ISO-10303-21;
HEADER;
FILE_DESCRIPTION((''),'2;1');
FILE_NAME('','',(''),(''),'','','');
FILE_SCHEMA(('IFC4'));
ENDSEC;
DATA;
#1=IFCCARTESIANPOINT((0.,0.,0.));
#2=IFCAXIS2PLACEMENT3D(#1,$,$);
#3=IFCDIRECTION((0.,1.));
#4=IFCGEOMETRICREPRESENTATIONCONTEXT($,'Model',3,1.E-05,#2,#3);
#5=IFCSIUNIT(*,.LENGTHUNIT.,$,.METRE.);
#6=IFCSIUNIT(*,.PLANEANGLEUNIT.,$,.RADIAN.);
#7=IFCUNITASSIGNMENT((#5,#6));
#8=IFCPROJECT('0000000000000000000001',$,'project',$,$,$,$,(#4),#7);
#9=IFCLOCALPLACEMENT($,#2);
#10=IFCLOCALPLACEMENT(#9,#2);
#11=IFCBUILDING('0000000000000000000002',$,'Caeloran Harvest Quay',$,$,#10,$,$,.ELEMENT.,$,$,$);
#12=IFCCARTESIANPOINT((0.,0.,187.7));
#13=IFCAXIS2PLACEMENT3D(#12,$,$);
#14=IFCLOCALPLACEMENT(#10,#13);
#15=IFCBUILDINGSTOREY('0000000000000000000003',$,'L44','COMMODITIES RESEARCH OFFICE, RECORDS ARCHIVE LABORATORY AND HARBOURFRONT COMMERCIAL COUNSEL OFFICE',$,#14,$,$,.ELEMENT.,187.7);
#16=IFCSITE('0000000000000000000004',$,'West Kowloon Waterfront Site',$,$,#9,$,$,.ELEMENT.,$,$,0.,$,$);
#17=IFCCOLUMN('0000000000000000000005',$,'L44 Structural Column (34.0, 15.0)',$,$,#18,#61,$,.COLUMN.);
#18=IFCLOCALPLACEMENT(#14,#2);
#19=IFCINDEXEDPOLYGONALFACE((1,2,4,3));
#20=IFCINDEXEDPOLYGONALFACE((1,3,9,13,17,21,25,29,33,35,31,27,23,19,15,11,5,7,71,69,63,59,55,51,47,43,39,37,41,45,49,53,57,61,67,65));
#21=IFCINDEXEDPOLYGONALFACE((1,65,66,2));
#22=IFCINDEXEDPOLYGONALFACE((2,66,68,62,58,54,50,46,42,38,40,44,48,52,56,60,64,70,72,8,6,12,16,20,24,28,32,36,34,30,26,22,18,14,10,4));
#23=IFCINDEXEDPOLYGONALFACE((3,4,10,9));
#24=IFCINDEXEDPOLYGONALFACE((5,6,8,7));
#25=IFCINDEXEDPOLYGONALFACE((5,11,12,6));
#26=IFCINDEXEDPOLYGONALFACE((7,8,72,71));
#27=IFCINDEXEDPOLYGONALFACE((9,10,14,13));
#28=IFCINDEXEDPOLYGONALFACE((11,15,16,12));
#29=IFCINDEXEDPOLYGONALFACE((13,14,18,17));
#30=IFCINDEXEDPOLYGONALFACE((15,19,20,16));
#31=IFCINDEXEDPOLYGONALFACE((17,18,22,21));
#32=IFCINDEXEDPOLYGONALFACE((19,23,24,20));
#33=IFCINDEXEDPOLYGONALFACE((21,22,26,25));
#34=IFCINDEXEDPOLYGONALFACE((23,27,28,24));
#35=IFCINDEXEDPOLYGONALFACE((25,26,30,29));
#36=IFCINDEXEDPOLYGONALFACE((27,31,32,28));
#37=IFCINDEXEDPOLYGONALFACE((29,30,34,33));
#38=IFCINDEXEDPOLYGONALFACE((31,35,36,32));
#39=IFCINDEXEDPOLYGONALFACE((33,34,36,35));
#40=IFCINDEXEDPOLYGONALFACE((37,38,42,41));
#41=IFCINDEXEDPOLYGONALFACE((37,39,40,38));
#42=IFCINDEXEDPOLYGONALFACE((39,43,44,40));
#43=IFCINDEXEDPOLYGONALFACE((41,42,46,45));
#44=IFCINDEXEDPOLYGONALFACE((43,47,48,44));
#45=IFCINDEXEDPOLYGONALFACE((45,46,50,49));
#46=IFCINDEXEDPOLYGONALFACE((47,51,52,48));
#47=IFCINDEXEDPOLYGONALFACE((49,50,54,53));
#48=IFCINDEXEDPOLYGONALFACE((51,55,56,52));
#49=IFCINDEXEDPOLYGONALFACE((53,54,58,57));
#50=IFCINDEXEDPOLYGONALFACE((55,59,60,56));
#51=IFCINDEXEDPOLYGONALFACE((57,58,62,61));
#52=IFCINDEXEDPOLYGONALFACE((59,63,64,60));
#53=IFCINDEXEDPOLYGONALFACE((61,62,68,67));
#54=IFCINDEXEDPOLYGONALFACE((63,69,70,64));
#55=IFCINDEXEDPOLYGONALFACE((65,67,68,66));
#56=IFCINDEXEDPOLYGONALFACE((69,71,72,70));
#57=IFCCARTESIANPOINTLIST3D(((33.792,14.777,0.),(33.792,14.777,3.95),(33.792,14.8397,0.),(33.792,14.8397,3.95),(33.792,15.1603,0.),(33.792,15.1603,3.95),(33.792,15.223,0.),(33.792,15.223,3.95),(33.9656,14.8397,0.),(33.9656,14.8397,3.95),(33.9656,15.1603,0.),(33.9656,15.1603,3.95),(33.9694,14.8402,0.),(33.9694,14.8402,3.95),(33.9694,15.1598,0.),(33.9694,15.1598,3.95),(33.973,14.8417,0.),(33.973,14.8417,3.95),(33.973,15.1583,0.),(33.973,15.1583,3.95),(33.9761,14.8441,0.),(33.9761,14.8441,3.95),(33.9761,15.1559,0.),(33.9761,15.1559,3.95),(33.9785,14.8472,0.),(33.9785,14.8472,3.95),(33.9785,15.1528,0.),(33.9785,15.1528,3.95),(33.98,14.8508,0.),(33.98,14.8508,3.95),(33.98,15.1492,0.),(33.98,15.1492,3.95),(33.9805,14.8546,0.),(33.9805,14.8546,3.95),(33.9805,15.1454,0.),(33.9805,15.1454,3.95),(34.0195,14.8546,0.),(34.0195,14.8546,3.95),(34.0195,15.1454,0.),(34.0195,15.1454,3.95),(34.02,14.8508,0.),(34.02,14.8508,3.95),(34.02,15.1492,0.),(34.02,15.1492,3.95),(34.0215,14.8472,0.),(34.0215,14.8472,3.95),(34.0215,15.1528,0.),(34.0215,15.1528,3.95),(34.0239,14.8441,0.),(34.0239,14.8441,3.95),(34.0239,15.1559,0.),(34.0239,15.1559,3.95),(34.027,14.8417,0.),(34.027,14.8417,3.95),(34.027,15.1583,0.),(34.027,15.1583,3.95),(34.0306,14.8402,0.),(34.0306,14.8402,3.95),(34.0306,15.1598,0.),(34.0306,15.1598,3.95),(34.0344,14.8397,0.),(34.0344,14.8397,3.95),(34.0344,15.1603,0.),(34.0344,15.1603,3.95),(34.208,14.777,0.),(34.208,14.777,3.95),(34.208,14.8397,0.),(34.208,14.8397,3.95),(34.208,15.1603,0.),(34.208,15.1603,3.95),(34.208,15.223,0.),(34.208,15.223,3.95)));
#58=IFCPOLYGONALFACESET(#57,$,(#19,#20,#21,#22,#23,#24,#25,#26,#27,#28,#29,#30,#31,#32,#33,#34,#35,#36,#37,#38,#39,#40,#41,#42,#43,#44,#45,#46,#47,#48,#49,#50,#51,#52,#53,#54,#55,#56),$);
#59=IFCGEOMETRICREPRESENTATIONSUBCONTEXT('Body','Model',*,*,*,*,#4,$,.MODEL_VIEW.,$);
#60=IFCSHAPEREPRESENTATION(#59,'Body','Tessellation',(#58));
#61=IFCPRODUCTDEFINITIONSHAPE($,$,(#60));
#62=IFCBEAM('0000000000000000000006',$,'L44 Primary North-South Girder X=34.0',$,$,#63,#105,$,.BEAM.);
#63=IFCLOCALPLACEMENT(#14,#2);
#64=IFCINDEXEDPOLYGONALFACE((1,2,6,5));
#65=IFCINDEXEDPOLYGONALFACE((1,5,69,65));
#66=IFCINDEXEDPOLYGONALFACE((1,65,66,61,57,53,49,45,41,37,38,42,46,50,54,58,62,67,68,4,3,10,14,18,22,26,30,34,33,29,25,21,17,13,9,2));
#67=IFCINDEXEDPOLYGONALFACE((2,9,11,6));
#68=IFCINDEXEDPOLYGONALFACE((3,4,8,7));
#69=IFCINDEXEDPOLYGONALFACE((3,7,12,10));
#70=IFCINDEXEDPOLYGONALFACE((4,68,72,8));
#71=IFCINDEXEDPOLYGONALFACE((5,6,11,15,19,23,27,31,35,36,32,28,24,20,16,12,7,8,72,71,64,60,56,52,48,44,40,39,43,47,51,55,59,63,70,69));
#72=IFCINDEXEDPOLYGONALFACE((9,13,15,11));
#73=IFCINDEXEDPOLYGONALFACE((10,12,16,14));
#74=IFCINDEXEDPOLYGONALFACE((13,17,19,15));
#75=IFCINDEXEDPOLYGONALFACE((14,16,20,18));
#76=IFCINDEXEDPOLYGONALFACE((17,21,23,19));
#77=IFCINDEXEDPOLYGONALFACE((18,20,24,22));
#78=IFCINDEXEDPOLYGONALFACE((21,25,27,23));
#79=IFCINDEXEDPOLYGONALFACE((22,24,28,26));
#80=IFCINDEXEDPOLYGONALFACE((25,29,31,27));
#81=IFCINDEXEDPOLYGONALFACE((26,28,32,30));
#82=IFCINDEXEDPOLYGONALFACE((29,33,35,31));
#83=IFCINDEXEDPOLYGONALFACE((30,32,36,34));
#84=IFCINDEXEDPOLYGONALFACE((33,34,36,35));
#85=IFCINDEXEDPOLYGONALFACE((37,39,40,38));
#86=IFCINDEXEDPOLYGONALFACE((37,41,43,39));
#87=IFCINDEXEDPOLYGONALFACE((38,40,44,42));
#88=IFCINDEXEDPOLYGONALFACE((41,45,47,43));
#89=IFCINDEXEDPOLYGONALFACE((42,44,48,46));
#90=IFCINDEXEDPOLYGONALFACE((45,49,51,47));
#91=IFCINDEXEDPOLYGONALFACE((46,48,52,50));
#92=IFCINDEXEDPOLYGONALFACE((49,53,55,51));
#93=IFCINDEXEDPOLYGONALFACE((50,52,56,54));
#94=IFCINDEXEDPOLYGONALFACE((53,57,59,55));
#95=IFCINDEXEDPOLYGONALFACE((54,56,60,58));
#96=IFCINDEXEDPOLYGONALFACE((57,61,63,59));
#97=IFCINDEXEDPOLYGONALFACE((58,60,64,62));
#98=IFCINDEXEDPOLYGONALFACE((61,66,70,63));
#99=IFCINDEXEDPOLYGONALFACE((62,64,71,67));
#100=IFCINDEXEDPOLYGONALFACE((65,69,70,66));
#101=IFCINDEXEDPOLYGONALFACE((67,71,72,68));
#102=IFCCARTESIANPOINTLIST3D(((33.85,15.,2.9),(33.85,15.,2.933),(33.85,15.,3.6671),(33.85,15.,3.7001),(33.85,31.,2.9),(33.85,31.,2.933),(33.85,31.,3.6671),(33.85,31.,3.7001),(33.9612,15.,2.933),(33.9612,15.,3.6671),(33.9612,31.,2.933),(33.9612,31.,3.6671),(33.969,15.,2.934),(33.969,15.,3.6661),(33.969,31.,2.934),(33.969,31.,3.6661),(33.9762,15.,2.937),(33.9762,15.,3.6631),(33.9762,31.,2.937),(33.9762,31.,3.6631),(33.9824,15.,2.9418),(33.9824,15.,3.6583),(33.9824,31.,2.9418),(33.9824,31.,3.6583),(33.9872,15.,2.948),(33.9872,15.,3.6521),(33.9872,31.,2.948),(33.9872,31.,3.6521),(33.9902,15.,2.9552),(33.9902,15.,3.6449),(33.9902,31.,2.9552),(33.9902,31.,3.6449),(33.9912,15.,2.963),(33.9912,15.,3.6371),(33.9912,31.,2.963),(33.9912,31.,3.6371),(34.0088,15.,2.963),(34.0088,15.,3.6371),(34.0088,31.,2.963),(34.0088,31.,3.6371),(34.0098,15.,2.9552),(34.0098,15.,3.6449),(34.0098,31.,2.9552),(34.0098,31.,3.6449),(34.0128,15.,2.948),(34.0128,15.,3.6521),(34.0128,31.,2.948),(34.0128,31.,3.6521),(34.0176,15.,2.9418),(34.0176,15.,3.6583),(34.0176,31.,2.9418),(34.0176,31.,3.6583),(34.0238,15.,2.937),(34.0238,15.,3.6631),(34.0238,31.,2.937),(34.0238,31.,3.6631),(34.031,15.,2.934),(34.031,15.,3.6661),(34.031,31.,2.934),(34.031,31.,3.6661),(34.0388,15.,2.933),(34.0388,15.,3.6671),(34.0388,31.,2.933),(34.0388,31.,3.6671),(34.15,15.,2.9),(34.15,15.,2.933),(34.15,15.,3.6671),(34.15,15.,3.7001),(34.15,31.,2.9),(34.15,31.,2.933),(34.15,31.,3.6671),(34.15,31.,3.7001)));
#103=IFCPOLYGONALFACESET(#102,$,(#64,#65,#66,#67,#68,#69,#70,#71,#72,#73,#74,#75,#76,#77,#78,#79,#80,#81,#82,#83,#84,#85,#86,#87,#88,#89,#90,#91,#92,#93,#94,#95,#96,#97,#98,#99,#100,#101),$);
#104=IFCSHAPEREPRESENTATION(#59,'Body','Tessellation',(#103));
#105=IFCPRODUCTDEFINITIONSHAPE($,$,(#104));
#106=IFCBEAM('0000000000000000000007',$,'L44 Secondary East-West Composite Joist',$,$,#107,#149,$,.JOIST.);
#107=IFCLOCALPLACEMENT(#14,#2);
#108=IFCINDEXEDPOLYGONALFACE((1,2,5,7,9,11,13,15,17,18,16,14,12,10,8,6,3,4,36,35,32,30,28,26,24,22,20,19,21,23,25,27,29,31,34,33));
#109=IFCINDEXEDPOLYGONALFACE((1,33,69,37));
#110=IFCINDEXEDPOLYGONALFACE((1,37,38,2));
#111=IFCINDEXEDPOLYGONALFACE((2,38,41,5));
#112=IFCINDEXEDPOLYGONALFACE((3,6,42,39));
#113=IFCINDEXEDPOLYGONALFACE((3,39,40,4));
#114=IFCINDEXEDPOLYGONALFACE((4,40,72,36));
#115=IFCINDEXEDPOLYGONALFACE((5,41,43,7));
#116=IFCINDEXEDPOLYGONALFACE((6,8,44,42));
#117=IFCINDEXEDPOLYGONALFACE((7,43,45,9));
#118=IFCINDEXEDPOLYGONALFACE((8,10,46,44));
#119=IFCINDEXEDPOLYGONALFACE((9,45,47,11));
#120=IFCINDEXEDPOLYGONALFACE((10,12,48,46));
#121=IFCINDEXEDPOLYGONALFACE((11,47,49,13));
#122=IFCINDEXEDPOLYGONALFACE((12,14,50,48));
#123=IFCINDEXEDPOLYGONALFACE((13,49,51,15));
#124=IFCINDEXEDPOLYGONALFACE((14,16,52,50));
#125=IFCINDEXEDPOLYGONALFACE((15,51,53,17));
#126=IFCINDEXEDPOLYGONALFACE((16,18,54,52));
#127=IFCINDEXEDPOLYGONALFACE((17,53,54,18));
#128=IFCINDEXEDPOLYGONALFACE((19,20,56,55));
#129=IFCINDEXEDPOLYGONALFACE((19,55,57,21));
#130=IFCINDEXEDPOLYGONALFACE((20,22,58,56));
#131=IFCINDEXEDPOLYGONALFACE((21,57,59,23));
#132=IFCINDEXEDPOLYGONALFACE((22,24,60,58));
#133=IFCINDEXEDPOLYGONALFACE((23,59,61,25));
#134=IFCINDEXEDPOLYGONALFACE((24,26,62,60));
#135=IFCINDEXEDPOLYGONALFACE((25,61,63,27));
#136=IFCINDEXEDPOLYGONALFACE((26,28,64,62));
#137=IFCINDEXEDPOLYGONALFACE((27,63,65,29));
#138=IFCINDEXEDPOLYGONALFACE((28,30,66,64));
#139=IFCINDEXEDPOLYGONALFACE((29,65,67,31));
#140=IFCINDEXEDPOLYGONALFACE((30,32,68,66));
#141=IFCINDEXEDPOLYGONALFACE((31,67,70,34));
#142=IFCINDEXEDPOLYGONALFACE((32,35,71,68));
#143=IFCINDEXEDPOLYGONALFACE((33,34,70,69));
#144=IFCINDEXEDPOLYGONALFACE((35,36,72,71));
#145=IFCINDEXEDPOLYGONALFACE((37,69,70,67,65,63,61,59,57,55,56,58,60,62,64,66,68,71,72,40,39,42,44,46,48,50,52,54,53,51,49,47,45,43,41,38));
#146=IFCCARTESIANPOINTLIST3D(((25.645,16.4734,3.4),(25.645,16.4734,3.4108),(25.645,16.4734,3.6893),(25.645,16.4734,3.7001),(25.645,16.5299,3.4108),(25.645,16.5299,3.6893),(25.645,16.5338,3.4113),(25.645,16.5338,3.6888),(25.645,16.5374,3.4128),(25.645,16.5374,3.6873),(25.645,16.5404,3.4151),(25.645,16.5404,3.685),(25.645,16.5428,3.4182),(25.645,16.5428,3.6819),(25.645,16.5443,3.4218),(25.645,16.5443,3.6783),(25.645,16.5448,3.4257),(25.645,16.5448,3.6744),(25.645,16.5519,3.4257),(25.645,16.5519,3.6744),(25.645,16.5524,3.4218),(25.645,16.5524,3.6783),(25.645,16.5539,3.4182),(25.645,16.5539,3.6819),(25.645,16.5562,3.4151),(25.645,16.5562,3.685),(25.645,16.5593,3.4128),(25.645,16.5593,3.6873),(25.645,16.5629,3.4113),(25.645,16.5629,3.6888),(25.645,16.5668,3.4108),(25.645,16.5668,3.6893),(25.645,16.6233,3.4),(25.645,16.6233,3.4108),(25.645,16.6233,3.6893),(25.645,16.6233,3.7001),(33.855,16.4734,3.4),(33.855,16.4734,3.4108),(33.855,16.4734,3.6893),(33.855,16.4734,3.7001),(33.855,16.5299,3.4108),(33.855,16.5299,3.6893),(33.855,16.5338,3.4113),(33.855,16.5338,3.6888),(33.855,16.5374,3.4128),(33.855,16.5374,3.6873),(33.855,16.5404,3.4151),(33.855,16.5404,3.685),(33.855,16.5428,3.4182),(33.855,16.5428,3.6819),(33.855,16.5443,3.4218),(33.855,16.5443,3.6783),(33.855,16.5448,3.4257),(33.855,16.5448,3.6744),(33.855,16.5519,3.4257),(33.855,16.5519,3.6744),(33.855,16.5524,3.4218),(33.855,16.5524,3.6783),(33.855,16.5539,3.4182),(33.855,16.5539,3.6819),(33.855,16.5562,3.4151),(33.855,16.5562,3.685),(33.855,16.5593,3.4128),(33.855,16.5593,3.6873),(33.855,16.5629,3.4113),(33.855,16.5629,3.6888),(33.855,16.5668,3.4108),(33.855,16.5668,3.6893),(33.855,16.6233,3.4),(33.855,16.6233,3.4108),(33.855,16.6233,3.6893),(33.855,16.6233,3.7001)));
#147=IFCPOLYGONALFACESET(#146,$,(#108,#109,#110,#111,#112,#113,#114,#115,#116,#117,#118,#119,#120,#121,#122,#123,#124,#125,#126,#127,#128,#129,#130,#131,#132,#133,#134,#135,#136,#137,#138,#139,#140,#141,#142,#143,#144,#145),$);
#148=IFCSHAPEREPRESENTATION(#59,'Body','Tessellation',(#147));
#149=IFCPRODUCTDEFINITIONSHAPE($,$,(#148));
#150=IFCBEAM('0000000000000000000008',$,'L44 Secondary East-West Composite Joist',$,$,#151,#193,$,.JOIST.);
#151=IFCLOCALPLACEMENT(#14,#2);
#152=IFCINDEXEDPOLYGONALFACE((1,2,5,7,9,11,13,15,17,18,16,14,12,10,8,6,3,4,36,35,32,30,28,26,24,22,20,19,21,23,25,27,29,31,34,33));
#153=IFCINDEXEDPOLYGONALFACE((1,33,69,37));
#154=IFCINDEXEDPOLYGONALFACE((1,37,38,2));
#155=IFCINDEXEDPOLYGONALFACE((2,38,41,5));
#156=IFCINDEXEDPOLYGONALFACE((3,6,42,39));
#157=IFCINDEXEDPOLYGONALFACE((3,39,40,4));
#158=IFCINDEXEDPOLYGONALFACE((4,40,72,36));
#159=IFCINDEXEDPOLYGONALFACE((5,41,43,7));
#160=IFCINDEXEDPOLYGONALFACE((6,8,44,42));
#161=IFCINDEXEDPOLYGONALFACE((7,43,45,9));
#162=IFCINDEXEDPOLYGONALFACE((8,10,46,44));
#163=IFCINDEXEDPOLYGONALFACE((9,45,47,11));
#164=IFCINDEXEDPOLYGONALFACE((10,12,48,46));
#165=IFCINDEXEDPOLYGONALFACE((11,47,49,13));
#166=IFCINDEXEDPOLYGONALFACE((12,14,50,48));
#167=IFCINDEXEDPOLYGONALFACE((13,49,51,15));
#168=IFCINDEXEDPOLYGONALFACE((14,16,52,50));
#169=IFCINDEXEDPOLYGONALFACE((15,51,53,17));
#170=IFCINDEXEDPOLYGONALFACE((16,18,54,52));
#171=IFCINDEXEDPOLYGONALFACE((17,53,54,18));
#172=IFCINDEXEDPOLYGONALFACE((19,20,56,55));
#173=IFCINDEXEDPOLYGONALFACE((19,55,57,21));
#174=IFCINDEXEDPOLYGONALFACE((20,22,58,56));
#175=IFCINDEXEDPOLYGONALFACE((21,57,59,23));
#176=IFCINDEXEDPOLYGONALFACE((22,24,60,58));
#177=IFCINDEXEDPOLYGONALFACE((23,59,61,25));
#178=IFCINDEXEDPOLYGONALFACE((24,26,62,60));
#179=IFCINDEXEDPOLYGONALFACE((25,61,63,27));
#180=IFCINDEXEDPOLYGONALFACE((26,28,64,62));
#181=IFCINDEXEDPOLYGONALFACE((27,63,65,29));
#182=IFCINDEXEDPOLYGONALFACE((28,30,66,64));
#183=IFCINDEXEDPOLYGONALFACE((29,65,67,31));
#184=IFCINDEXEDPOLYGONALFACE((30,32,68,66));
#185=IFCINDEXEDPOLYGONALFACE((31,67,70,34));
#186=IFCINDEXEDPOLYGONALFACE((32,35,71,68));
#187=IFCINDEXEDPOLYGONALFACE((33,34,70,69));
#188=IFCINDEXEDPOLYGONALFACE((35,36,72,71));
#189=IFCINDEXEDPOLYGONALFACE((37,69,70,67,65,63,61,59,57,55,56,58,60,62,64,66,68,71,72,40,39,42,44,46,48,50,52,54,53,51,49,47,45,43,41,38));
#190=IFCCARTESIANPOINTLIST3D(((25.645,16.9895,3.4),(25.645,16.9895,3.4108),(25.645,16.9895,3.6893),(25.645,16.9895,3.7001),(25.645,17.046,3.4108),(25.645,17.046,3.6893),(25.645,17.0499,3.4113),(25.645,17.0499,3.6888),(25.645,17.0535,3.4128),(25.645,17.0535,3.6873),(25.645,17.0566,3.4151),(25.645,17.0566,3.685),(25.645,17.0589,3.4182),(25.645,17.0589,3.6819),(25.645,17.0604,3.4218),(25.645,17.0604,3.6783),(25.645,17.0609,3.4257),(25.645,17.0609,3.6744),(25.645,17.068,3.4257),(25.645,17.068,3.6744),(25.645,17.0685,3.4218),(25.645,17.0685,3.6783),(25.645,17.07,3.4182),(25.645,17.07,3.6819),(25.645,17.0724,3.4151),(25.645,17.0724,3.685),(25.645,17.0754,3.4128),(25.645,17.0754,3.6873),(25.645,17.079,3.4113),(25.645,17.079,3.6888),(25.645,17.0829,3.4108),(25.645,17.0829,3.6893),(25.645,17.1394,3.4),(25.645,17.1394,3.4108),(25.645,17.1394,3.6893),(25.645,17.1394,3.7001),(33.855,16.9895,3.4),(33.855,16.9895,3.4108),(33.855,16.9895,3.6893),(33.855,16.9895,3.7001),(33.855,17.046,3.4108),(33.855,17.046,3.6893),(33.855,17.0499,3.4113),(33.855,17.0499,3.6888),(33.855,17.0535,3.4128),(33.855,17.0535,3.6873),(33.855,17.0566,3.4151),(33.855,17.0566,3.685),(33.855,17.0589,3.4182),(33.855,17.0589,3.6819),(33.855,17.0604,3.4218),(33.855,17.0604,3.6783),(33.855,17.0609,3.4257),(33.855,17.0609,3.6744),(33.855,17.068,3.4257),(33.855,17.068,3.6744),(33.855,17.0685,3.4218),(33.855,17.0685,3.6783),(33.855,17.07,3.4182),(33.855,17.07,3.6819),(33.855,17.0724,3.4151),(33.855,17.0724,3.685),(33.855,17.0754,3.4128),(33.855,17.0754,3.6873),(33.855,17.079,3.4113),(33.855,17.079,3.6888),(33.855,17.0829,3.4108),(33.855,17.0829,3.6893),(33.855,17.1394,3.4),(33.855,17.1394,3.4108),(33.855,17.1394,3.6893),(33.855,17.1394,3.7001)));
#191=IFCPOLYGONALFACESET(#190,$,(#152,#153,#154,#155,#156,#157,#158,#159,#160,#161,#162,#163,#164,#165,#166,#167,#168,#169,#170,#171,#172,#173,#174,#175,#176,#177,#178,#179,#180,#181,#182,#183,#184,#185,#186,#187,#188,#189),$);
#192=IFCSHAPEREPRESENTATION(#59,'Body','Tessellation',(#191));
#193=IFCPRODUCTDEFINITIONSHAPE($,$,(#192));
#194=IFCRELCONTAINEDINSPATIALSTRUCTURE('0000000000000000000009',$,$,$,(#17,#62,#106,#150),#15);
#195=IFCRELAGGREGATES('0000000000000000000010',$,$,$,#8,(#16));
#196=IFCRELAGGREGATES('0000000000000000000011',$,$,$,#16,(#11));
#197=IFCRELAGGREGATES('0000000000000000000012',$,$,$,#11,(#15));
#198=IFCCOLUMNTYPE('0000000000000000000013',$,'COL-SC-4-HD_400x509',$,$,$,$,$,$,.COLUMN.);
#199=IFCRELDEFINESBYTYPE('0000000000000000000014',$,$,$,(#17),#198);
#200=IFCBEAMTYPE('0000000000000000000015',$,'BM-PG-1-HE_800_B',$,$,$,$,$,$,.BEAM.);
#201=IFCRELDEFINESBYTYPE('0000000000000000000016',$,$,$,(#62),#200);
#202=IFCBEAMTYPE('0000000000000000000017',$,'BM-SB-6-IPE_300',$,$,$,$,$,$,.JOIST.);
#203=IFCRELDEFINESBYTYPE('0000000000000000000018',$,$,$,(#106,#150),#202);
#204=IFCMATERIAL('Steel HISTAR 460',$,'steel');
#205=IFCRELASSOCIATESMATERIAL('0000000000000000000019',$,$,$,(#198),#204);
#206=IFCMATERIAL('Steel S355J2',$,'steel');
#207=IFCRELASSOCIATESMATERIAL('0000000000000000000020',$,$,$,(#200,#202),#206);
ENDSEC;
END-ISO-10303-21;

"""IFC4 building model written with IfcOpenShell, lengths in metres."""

from ifc_helpers import new_model, si_unit, direction, frame, origin, origin_2d, place, context, subcontext, project, spatial, i_section, extrude, material, material_profile, profile_set, type_object, element, save


model = new_model("IFC4")

# Units and contexts
model_context = context("Model", 3, precision=1e-05, world=origin(), true_north=direction((0.0, 1.0)))
body_context = subcontext(model_context, "Body", "Model", "MODEL_VIEW")
ifc_project = project(units=[si_unit("LENGTHUNIT", "METRE"), si_unit("PLANEANGLEUNIT", "RADIAN")], contexts=[model_context])

# Site, building, storey
site_placement = place(None, origin())
site = spatial("IfcSite", under=ifc_project, at=site_placement, Name="West Kowloon Waterfront Site", CompositionType="ELEMENT", RefElevation=0.0)
building_placement = place(site_placement, origin())
building = spatial("IfcBuilding", under=site, at=building_placement, Name="Caeloran Harvest Quay", CompositionType="ELEMENT")
storey_placement = place(building_placement, frame((0.0, 0.0, 187.7)))
storey = spatial("IfcBuildingStorey", under=building, at=storey_placement, Name="L44", Description="COMMODITIES RESEARCH OFFICE, RECORDS ARCHIVE LABORATORY AND HARBOURFRONT COMMERCIAL COUNSEL OFFICE", CompositionType="ELEMENT", Elevation=187.7)

# Column
ifc_material_1 = material(Name="Steel HISTAR 460", Category="steel")
ifc_material_profile_1 = material_profile(ifc_material_1, i_section(OverallWidth=0.416, OverallDepth=0.446, WebThickness=0.0391, FlangeThickness=0.0627, FilletRadius=0.0149, at=origin_2d()), Name="HD 400x509")
ifc_profile_set_1 = profile_set([ifc_material_profile_1], Name="Steel HISTAR 460")
column_type = type_object("IfcColumnType", Name="COL-SC-4-HD_400x509", PredefinedType="COLUMN", material=ifc_profile_set_1)
column_placement = place(storey_placement, frame((34.0, 15.0, 0.0), z_axis=(0.0, 0.0, 1.0), x_axis=(1.0, 0.0, 0.0)))
element("IfcColumn", 1, at=column_placement, inside=storey, type_object=column_type, Name="L44 Structural Column (34.0, 15.0)", PredefinedType="COLUMN", context=body_context, shape_type="SweptSolid", body=[
    extrude(i_section(OverallWidth=0.416, OverallDepth=0.446, WebThickness=0.0391, FlangeThickness=0.0627, FilletRadius=0.0149, at=origin_2d()), origin(), (0.0, 0.0, 1.0), 3.95),
])

# Beams
ifc_material_2 = material(Name="Steel S355J2", Category="steel")
ifc_material_profile_2 = material_profile(ifc_material_2, i_section(OverallWidth=0.3, OverallDepth=0.8, WebThickness=0.0176, FlangeThickness=0.033, FilletRadius=0.03, at=origin_2d()), Name="HE 800 B")
ifc_profile_set_2 = profile_set([ifc_material_profile_2], Name="Steel S355J2")
beam_type_1 = type_object("IfcBeamType", Name="BM-PG-1-HE_800_B", PredefinedType="BEAM", material=ifc_profile_set_2)
beam_placement = place(storey_placement, frame((34.0, 15.0, 3.3), z_axis=(0.0, 1.0, 0.0), x_axis=(-1.0, 0.0, 0.0)))
element("IfcBeam", 2, at=beam_placement, inside=storey, type_object=beam_type_1, Name="L44 Primary North-South Girder X=34.0", PredefinedType="BEAM", context=body_context, shape_type="SweptSolid", body=[
    extrude(i_section(OverallWidth=0.3, OverallDepth=0.8, WebThickness=0.0176, FlangeThickness=0.033, FilletRadius=0.03, at=origin_2d()), origin(), (0.0, 0.0, 1.0), 16.0),
])
ifc_material_profile_3 = material_profile(ifc_material_2, i_section(OverallWidth=0.1499, OverallDepth=0.3, WebThickness=0.0071, FlangeThickness=0.0107, FilletRadius=0.0149, at=origin_2d()), Name="IPE 300")
ifc_profile_set_3 = profile_set([ifc_material_profile_3], Name="Steel S355J2")
beam_type_2 = type_object("IfcBeamType", Name="BM-SB-6-IPE_300", PredefinedType="JOIST", material=ifc_profile_set_3)
for number, where, z_axis, x_axis, name in (
    (3, (25.645, 16.5483, 3.55), (1.0, 0.0, 0.0), (0.0, 1.0, 0.0), "L44 Secondary East-West Composite Joist"),
    (4, (25.645, 17.0645, 3.55), (1.0, 0.0, 0.0), (0.0, 1.0, 0.0), "L44 Secondary East-West Composite Joist"),
):
    element("IfcBeam", number, at=place(storey_placement, frame(where, z_axis=z_axis, x_axis=x_axis)), inside=storey, type_object=beam_type_2, Name=name, PredefinedType="JOIST", context=body_context, shape_type="SweptSolid", body=[
        extrude(i_section(OverallWidth=0.1499, OverallDepth=0.3, WebThickness=0.0071, FlangeThickness=0.0107, FilletRadius=0.0149, at=origin_2d()), origin(), (0.0, 0.0, 1.0), 8.21),
    ])

save(model, "model.ifc")
